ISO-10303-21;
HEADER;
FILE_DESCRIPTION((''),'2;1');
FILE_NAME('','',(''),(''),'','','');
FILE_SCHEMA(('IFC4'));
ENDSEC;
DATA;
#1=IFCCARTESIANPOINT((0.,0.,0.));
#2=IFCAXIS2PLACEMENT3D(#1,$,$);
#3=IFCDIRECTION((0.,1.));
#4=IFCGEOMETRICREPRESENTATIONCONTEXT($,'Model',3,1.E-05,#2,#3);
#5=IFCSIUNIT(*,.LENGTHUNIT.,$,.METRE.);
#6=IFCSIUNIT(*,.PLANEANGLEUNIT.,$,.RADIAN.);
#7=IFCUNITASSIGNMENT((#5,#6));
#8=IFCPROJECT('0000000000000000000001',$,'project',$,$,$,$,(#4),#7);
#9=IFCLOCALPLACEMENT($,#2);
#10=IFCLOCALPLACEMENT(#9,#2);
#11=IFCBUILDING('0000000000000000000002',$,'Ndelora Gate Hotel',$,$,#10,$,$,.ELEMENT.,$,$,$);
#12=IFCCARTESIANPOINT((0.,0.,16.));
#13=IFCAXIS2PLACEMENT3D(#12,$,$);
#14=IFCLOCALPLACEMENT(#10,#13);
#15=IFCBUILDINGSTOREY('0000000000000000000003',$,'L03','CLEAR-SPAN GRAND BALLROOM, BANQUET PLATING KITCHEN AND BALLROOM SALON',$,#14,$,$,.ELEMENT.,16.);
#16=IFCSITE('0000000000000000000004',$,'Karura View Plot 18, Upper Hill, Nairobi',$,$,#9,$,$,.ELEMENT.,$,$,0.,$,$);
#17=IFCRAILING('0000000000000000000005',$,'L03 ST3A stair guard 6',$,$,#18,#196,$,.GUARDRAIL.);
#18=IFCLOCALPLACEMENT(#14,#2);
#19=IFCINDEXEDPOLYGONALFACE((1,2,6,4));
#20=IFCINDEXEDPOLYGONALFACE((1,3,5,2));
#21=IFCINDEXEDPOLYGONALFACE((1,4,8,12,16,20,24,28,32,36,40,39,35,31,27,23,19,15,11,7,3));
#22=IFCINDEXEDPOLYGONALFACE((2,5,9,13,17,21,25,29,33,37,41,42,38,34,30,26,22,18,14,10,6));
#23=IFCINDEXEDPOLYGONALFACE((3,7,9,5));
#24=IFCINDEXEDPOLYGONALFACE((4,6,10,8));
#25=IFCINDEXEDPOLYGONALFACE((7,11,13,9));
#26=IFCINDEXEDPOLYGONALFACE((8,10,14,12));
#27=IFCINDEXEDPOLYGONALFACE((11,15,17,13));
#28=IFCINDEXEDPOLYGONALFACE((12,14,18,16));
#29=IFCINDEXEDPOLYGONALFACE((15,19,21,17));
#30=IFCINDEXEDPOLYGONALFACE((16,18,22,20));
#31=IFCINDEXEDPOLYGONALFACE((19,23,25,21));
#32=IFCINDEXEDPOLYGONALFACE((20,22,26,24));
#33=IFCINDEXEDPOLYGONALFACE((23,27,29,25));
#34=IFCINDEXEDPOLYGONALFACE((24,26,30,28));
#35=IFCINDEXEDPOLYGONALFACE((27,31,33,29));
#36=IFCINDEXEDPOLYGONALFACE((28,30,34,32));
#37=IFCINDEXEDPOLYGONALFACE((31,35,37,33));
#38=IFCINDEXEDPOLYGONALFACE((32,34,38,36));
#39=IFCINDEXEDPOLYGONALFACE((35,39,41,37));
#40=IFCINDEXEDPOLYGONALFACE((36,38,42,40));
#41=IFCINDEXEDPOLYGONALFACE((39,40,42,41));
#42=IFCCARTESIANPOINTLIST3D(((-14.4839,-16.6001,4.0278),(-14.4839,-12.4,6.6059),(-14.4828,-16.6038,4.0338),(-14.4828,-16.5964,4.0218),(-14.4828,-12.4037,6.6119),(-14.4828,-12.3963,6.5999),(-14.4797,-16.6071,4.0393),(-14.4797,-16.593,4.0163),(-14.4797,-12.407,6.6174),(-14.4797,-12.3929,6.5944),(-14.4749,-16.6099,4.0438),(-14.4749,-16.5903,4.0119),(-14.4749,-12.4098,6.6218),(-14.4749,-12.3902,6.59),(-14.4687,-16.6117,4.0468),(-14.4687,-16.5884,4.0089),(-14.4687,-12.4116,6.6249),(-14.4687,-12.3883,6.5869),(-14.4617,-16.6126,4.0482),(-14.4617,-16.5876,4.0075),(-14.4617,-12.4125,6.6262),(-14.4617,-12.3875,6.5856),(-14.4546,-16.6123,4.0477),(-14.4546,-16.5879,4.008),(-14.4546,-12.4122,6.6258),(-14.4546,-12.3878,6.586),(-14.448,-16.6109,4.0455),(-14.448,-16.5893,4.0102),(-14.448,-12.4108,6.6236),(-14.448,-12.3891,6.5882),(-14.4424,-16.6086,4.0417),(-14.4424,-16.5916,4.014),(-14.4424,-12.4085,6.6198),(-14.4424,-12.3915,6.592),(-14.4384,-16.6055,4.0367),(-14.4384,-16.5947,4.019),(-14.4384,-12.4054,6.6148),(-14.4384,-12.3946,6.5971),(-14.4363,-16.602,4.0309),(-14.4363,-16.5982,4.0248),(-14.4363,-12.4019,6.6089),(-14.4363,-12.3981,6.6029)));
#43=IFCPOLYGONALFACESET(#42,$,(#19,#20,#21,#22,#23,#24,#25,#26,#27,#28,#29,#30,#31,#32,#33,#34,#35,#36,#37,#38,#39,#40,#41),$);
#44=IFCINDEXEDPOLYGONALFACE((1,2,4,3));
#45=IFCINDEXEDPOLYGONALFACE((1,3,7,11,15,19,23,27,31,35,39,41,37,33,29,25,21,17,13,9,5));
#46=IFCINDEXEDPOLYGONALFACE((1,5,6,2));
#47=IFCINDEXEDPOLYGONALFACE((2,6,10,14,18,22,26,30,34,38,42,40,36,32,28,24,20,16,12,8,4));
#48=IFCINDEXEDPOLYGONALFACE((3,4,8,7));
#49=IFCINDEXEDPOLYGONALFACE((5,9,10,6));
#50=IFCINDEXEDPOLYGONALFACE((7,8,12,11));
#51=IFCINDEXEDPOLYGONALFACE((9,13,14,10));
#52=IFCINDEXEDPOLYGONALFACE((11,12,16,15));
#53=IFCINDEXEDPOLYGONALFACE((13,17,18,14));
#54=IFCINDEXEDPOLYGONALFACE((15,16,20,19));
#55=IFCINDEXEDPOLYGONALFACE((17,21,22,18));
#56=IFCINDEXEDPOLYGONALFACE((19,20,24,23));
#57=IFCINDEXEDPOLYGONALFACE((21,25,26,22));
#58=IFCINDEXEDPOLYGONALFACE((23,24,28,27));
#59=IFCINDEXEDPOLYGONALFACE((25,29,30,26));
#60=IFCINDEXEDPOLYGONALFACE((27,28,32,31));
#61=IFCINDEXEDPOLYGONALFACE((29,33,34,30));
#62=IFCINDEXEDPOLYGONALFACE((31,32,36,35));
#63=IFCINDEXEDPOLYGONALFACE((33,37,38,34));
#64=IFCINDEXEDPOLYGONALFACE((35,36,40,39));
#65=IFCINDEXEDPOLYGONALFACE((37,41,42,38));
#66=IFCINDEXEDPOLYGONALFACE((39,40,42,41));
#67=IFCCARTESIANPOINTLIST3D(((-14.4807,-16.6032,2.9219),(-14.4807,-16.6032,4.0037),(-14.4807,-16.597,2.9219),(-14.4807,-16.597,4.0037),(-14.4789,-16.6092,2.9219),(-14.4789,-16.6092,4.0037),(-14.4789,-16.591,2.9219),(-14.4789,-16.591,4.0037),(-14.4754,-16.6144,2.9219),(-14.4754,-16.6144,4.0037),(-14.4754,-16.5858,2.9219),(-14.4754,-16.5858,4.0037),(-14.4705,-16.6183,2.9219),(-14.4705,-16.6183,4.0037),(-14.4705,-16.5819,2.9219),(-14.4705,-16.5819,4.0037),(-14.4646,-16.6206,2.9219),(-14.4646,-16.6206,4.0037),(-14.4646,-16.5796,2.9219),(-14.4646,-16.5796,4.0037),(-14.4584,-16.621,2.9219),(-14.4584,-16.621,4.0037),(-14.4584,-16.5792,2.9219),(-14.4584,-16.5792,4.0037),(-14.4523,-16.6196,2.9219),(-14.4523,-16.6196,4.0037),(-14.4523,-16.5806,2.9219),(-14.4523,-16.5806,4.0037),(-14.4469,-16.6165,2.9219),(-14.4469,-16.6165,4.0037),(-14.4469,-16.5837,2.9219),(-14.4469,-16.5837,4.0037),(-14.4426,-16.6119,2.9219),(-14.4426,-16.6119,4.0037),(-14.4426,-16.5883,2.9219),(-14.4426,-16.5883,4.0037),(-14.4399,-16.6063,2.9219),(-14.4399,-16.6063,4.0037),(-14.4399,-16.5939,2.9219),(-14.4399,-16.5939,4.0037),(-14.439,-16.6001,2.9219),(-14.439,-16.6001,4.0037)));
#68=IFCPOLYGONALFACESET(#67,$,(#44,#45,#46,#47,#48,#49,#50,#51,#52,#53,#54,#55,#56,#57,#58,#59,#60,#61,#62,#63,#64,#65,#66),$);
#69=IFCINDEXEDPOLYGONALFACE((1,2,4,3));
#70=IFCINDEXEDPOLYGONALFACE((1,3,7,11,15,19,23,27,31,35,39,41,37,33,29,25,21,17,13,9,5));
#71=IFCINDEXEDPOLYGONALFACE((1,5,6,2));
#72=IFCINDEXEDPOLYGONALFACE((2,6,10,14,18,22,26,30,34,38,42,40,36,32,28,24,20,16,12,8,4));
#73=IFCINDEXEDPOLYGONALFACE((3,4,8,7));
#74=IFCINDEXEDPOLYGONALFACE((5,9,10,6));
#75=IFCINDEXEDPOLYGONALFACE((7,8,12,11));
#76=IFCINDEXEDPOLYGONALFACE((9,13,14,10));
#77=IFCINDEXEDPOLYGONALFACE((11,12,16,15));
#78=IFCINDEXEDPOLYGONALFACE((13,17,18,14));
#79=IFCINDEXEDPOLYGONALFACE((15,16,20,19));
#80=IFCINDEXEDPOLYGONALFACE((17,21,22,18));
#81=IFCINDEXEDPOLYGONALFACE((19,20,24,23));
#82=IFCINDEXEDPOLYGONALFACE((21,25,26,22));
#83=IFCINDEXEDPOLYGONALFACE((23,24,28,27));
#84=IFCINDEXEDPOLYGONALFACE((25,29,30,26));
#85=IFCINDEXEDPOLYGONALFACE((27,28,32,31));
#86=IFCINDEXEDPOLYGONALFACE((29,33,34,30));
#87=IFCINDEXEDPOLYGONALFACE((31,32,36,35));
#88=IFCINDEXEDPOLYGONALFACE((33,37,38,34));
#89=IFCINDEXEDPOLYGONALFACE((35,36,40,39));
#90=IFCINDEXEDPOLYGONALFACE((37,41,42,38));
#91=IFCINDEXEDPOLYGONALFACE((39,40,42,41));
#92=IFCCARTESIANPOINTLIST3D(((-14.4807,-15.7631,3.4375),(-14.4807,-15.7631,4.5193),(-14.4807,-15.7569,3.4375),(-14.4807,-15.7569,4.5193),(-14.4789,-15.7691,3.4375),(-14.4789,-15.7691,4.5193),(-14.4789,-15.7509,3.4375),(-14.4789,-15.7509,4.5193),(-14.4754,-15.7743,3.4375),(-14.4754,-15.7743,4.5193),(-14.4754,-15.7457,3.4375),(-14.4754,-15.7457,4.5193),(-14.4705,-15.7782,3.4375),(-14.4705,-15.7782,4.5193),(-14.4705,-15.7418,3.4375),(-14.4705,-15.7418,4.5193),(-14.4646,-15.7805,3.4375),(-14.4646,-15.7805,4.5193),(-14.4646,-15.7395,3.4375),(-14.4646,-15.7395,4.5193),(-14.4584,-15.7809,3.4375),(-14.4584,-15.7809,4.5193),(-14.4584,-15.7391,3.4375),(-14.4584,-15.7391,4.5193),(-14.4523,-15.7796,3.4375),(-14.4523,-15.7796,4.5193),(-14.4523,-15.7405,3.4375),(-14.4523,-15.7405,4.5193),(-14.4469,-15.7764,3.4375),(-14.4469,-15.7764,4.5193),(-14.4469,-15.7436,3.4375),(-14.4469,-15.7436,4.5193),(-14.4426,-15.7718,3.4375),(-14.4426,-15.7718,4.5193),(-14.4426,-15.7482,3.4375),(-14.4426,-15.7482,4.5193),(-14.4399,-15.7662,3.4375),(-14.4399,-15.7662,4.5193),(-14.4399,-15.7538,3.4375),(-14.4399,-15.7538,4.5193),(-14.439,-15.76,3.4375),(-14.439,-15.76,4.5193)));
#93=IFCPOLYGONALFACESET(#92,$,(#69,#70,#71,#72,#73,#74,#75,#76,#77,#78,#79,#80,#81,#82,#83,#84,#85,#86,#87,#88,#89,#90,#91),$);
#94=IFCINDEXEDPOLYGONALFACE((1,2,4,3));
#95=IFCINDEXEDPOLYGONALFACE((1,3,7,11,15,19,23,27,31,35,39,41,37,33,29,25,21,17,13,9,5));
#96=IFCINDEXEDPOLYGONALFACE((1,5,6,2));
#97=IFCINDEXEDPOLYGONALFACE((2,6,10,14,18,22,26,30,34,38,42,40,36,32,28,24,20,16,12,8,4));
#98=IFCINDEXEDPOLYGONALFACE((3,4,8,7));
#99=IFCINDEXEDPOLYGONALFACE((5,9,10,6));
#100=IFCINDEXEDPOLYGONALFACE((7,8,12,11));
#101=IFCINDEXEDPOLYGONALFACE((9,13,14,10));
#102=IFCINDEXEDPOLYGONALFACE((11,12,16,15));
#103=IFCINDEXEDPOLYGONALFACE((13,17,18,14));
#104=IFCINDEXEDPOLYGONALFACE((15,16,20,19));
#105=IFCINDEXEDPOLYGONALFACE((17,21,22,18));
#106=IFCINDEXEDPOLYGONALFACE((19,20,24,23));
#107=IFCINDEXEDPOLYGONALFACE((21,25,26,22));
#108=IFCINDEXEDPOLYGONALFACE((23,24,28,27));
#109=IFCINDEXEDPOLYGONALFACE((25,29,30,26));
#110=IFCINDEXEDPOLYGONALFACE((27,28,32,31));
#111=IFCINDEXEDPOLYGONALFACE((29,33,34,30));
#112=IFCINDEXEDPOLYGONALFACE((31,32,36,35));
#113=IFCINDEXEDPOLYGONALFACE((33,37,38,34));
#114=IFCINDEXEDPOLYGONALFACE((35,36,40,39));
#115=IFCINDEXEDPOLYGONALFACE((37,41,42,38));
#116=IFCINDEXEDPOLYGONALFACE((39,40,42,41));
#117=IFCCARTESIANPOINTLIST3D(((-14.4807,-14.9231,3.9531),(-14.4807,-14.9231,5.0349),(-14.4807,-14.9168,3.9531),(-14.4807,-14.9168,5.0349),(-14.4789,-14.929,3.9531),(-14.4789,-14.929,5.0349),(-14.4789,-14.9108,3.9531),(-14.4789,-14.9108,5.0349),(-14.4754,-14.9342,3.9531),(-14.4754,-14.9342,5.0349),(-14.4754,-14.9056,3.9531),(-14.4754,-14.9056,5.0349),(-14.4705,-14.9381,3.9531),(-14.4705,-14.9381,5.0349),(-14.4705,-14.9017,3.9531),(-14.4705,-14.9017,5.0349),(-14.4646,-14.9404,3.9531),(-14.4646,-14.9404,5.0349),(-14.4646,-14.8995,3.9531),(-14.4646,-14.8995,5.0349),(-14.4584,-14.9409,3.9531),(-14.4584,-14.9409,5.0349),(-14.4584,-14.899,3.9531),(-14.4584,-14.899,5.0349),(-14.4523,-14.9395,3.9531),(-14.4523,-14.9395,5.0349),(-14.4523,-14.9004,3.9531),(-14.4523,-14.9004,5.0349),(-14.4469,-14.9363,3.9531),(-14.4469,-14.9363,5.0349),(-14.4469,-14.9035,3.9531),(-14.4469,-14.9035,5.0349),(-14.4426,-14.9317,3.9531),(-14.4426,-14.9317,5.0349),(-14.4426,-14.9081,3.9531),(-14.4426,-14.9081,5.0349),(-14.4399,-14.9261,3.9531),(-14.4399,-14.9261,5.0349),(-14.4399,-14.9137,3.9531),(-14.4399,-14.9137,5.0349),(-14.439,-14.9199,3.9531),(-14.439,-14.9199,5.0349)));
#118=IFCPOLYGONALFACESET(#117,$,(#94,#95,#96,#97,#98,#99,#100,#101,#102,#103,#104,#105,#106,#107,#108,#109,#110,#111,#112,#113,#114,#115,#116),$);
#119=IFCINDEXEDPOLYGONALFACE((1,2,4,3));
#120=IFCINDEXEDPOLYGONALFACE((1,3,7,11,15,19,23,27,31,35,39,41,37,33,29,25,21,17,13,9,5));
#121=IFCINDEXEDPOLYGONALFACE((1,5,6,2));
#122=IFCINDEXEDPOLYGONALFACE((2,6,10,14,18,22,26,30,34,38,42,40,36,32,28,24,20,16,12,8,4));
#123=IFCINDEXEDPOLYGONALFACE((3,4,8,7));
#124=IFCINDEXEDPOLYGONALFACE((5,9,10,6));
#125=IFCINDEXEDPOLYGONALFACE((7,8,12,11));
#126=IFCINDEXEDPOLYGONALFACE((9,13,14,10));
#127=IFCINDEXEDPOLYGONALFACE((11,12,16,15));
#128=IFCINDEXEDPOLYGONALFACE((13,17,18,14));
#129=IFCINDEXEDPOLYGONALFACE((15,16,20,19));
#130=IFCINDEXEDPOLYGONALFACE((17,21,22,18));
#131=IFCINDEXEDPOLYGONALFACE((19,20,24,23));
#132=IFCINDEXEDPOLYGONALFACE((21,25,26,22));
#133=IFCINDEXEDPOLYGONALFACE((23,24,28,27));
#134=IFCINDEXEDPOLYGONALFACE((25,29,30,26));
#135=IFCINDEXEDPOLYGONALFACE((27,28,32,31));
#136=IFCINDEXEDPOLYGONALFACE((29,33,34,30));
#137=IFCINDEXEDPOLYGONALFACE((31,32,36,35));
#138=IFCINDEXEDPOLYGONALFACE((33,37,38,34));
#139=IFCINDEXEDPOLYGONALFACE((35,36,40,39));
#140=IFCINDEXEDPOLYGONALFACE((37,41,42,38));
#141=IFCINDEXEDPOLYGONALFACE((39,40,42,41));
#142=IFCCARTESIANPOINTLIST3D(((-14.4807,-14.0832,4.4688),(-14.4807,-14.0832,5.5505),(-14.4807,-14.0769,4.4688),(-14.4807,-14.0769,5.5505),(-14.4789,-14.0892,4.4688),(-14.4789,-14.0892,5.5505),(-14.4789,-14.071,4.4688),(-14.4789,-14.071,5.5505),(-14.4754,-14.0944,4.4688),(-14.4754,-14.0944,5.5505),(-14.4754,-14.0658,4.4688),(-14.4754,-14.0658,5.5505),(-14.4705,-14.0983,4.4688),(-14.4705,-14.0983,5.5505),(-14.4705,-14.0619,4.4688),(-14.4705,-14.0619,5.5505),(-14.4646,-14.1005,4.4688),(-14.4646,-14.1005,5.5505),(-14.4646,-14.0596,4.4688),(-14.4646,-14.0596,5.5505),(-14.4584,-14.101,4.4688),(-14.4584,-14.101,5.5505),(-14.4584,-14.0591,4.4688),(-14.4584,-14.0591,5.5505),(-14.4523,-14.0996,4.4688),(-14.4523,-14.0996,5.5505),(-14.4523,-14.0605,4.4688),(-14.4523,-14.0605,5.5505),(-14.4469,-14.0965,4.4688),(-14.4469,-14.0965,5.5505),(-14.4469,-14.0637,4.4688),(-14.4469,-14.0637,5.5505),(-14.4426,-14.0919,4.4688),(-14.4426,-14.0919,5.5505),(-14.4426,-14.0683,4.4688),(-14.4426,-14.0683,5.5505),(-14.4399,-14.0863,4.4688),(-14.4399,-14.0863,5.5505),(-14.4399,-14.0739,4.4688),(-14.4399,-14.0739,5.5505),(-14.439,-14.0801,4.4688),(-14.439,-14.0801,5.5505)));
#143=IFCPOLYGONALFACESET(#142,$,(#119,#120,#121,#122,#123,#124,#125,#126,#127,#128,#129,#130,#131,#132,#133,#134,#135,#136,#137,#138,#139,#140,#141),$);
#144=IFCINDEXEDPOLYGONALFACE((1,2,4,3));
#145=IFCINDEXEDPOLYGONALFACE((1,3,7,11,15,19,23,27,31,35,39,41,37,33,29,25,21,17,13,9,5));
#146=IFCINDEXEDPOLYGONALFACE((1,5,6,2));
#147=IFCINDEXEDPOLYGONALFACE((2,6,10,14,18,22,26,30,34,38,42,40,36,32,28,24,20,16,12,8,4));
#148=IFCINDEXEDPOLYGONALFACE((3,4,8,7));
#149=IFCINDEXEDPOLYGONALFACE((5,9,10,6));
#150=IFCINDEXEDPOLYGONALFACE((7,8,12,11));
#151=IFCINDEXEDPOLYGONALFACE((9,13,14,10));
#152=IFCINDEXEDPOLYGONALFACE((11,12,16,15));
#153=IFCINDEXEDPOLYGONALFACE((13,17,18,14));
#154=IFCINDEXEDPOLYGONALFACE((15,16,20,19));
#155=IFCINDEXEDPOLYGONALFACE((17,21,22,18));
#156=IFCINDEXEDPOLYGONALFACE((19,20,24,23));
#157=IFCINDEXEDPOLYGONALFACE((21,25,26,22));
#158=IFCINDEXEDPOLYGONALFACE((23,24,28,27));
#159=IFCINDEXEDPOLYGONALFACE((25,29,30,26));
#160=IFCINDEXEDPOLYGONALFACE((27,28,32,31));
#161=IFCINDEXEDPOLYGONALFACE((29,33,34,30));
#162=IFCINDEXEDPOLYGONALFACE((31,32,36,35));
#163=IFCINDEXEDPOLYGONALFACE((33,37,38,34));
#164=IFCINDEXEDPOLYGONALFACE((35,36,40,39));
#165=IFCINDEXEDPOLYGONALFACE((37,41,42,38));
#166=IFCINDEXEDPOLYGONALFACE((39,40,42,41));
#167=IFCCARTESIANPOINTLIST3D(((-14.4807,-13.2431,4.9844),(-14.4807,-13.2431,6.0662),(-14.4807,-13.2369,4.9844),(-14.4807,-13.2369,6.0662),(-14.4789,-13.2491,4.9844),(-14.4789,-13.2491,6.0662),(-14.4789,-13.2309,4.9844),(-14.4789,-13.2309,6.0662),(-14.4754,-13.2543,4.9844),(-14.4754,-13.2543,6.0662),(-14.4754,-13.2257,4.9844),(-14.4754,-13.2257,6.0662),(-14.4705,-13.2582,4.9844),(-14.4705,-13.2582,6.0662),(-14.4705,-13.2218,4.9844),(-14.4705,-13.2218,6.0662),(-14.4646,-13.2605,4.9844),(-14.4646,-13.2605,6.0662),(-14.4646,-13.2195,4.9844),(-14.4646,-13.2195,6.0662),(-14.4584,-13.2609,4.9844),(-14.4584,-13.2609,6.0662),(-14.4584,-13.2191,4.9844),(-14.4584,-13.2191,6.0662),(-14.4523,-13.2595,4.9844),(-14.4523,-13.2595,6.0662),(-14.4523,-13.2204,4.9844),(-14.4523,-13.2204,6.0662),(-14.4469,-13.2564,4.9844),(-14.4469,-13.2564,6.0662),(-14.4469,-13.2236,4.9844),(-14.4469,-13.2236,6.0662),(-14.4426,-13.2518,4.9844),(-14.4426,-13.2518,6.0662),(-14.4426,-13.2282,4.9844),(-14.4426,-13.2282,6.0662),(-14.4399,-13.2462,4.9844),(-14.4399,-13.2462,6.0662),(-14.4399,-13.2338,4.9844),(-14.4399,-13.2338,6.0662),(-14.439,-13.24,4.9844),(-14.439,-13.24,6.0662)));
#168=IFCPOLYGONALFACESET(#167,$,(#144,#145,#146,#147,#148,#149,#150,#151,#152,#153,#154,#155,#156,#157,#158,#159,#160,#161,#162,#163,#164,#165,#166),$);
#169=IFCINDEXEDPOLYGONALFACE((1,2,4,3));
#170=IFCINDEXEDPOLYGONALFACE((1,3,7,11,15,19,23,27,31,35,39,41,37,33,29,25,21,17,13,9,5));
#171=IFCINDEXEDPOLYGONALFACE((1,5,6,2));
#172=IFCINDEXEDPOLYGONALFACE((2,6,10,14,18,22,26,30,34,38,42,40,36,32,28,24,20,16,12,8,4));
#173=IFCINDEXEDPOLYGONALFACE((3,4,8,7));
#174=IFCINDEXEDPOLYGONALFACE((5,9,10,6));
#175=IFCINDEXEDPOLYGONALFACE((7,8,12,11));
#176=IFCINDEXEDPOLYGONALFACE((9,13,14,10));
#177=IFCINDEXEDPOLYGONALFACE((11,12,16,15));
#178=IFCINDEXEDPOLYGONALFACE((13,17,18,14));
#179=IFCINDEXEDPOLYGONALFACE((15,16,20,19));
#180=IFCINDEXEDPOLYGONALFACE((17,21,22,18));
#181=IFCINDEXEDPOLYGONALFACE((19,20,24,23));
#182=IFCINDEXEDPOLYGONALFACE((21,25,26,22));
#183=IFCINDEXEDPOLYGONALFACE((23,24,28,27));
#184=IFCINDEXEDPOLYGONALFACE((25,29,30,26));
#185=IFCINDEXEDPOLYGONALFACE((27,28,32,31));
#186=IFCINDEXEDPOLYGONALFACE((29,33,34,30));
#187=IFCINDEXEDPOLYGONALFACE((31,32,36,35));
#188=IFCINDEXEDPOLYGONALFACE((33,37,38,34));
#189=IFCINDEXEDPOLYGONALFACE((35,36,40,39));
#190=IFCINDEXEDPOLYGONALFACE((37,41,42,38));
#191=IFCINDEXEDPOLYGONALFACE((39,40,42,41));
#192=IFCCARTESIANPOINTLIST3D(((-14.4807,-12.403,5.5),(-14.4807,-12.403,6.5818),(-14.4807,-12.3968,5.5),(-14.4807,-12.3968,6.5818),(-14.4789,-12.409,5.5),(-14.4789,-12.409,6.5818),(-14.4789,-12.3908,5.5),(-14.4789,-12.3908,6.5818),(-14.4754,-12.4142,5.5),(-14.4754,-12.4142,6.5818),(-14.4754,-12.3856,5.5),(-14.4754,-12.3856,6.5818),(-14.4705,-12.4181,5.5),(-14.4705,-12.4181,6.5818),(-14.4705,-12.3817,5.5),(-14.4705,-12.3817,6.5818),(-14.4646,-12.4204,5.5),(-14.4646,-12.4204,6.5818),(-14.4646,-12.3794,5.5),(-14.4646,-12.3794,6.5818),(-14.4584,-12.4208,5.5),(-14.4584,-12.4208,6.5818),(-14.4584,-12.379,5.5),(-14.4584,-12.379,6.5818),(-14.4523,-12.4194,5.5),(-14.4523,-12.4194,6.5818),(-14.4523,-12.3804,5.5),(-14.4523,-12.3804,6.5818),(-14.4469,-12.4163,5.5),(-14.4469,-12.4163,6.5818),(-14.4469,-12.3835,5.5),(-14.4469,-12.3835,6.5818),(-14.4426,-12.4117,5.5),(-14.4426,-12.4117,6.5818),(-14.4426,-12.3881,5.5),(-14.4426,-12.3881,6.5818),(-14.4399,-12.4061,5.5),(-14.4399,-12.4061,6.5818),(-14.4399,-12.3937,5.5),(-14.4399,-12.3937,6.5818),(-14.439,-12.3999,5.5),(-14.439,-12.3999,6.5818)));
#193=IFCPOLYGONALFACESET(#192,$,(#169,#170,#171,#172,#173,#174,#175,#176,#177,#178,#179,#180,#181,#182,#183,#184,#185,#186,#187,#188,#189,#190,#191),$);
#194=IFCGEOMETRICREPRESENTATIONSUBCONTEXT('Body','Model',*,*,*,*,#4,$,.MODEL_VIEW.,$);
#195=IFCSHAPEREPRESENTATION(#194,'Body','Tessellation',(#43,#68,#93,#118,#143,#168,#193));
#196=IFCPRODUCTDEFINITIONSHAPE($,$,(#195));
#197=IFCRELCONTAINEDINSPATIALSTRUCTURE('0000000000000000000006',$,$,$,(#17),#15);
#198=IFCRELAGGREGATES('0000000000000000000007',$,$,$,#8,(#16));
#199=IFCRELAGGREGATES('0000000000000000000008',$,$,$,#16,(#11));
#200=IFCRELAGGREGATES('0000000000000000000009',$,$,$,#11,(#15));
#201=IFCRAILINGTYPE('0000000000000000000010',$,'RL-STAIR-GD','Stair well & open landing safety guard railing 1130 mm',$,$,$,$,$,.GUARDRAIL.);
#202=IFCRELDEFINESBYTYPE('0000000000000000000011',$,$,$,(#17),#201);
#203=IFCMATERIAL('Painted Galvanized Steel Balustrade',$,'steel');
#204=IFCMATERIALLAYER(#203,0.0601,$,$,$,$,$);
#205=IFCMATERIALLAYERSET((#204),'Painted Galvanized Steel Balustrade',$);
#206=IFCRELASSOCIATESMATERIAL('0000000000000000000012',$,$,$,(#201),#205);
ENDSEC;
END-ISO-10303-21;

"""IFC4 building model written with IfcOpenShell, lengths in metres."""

from ifc_helpers import new_model, si_unit, direction, frame, origin, origin_2d, place, context, subcontext, project, spatial, circle, extrude, material, layer, layer_set, type_object, element, save


model = new_model("IFC4")

# Units and contexts
model_context = context("Model", 3, precision=1e-05, world=origin(), true_north=direction((0.0, 1.0)))
body_context = subcontext(model_context, "Body", "Model", "MODEL_VIEW")
ifc_project = project(units=[si_unit("LENGTHUNIT", "METRE"), si_unit("PLANEANGLEUNIT", "RADIAN")], contexts=[model_context])

# Site, building, storey
site_placement = place(None, origin())
site = spatial("IfcSite", under=ifc_project, at=site_placement, Name="Karura View Plot 18, Upper Hill, Nairobi", CompositionType="ELEMENT", RefElevation=0.0)
building_placement = place(site_placement, origin())
building = spatial("IfcBuilding", under=site, at=building_placement, Name="Ndelora Gate Hotel", CompositionType="ELEMENT")
storey_placement = place(building_placement, frame((0.0, 0.0, 16.0)))
storey = spatial("IfcBuildingStorey", under=building, at=storey_placement, Name="L03", Description="CLEAR-SPAN GRAND BALLROOM, BANQUET PLATING KITCHEN AND BALLROOM SALON", CompositionType="ELEMENT", Elevation=16.0)

# Railing
ifc_material_1 = material(Name="Painted Galvanized Steel Balustrade", Category="steel")
ifc_layer_1 = layer(ifc_material_1, 0.0601)
ifc_layer_set_1 = layer_set([ifc_layer_1], Name="Painted Galvanized Steel Balustrade")
railing_type_1 = type_object("IfcRailingType", Name="RL-STAIR-GD", Description="Stair well & open landing safety guard railing 1130 mm", PredefinedType="GUARDRAIL", material=ifc_layer_set_1)
railing_1_placement = place(storey_placement, frame((-14.46, -16.6001, 2.9219)))
element("IfcRailing", 1, at=railing_1_placement, inside=storey, type_object=railing_type_1, Name="L03 ST3A stair guard 6", PredefinedType="GUARDRAIL", context=body_context, shape_type="SweptSolid", body=[
    extrude(circle(Radius=0.0239, at=origin_2d()), frame((0.0, 0.0, 1.106), z_axis=(0.0, 0.852256, 0.523124), x_axis=(-1.0, 0.0, 0.0)), (0.0, 0.0, 1.0), 4.9282),
    extrude(circle(Radius=0.021, at=origin_2d()), origin(), (0.0, 0.0, 1.0), 1.0818),
    extrude(circle(Radius=0.021, at=origin_2d()), frame((0.0, 0.8401, 0.5156)), (0.0, 0.0, 1.0), 1.0818),
    extrude(circle(Radius=0.021, at=origin_2d()), frame((0.0, 1.6802, 1.0312)), (0.0, 0.0, 1.0), 1.0818),
    extrude(circle(Radius=0.021, at=origin_2d()), frame((0.0, 2.52, 1.5469)), (0.0, 0.0, 1.0), 1.0818),
    extrude(circle(Radius=0.021, at=origin_2d()), frame((0.0, 3.3601, 2.0625)), (0.0, 0.0, 1.0), 1.0818),
    extrude(circle(Radius=0.021, at=origin_2d()), frame((0.0, 4.2002, 2.5781)), (0.0, 0.0, 1.0), 1.0818),
])

save(model, "model.ifc")
